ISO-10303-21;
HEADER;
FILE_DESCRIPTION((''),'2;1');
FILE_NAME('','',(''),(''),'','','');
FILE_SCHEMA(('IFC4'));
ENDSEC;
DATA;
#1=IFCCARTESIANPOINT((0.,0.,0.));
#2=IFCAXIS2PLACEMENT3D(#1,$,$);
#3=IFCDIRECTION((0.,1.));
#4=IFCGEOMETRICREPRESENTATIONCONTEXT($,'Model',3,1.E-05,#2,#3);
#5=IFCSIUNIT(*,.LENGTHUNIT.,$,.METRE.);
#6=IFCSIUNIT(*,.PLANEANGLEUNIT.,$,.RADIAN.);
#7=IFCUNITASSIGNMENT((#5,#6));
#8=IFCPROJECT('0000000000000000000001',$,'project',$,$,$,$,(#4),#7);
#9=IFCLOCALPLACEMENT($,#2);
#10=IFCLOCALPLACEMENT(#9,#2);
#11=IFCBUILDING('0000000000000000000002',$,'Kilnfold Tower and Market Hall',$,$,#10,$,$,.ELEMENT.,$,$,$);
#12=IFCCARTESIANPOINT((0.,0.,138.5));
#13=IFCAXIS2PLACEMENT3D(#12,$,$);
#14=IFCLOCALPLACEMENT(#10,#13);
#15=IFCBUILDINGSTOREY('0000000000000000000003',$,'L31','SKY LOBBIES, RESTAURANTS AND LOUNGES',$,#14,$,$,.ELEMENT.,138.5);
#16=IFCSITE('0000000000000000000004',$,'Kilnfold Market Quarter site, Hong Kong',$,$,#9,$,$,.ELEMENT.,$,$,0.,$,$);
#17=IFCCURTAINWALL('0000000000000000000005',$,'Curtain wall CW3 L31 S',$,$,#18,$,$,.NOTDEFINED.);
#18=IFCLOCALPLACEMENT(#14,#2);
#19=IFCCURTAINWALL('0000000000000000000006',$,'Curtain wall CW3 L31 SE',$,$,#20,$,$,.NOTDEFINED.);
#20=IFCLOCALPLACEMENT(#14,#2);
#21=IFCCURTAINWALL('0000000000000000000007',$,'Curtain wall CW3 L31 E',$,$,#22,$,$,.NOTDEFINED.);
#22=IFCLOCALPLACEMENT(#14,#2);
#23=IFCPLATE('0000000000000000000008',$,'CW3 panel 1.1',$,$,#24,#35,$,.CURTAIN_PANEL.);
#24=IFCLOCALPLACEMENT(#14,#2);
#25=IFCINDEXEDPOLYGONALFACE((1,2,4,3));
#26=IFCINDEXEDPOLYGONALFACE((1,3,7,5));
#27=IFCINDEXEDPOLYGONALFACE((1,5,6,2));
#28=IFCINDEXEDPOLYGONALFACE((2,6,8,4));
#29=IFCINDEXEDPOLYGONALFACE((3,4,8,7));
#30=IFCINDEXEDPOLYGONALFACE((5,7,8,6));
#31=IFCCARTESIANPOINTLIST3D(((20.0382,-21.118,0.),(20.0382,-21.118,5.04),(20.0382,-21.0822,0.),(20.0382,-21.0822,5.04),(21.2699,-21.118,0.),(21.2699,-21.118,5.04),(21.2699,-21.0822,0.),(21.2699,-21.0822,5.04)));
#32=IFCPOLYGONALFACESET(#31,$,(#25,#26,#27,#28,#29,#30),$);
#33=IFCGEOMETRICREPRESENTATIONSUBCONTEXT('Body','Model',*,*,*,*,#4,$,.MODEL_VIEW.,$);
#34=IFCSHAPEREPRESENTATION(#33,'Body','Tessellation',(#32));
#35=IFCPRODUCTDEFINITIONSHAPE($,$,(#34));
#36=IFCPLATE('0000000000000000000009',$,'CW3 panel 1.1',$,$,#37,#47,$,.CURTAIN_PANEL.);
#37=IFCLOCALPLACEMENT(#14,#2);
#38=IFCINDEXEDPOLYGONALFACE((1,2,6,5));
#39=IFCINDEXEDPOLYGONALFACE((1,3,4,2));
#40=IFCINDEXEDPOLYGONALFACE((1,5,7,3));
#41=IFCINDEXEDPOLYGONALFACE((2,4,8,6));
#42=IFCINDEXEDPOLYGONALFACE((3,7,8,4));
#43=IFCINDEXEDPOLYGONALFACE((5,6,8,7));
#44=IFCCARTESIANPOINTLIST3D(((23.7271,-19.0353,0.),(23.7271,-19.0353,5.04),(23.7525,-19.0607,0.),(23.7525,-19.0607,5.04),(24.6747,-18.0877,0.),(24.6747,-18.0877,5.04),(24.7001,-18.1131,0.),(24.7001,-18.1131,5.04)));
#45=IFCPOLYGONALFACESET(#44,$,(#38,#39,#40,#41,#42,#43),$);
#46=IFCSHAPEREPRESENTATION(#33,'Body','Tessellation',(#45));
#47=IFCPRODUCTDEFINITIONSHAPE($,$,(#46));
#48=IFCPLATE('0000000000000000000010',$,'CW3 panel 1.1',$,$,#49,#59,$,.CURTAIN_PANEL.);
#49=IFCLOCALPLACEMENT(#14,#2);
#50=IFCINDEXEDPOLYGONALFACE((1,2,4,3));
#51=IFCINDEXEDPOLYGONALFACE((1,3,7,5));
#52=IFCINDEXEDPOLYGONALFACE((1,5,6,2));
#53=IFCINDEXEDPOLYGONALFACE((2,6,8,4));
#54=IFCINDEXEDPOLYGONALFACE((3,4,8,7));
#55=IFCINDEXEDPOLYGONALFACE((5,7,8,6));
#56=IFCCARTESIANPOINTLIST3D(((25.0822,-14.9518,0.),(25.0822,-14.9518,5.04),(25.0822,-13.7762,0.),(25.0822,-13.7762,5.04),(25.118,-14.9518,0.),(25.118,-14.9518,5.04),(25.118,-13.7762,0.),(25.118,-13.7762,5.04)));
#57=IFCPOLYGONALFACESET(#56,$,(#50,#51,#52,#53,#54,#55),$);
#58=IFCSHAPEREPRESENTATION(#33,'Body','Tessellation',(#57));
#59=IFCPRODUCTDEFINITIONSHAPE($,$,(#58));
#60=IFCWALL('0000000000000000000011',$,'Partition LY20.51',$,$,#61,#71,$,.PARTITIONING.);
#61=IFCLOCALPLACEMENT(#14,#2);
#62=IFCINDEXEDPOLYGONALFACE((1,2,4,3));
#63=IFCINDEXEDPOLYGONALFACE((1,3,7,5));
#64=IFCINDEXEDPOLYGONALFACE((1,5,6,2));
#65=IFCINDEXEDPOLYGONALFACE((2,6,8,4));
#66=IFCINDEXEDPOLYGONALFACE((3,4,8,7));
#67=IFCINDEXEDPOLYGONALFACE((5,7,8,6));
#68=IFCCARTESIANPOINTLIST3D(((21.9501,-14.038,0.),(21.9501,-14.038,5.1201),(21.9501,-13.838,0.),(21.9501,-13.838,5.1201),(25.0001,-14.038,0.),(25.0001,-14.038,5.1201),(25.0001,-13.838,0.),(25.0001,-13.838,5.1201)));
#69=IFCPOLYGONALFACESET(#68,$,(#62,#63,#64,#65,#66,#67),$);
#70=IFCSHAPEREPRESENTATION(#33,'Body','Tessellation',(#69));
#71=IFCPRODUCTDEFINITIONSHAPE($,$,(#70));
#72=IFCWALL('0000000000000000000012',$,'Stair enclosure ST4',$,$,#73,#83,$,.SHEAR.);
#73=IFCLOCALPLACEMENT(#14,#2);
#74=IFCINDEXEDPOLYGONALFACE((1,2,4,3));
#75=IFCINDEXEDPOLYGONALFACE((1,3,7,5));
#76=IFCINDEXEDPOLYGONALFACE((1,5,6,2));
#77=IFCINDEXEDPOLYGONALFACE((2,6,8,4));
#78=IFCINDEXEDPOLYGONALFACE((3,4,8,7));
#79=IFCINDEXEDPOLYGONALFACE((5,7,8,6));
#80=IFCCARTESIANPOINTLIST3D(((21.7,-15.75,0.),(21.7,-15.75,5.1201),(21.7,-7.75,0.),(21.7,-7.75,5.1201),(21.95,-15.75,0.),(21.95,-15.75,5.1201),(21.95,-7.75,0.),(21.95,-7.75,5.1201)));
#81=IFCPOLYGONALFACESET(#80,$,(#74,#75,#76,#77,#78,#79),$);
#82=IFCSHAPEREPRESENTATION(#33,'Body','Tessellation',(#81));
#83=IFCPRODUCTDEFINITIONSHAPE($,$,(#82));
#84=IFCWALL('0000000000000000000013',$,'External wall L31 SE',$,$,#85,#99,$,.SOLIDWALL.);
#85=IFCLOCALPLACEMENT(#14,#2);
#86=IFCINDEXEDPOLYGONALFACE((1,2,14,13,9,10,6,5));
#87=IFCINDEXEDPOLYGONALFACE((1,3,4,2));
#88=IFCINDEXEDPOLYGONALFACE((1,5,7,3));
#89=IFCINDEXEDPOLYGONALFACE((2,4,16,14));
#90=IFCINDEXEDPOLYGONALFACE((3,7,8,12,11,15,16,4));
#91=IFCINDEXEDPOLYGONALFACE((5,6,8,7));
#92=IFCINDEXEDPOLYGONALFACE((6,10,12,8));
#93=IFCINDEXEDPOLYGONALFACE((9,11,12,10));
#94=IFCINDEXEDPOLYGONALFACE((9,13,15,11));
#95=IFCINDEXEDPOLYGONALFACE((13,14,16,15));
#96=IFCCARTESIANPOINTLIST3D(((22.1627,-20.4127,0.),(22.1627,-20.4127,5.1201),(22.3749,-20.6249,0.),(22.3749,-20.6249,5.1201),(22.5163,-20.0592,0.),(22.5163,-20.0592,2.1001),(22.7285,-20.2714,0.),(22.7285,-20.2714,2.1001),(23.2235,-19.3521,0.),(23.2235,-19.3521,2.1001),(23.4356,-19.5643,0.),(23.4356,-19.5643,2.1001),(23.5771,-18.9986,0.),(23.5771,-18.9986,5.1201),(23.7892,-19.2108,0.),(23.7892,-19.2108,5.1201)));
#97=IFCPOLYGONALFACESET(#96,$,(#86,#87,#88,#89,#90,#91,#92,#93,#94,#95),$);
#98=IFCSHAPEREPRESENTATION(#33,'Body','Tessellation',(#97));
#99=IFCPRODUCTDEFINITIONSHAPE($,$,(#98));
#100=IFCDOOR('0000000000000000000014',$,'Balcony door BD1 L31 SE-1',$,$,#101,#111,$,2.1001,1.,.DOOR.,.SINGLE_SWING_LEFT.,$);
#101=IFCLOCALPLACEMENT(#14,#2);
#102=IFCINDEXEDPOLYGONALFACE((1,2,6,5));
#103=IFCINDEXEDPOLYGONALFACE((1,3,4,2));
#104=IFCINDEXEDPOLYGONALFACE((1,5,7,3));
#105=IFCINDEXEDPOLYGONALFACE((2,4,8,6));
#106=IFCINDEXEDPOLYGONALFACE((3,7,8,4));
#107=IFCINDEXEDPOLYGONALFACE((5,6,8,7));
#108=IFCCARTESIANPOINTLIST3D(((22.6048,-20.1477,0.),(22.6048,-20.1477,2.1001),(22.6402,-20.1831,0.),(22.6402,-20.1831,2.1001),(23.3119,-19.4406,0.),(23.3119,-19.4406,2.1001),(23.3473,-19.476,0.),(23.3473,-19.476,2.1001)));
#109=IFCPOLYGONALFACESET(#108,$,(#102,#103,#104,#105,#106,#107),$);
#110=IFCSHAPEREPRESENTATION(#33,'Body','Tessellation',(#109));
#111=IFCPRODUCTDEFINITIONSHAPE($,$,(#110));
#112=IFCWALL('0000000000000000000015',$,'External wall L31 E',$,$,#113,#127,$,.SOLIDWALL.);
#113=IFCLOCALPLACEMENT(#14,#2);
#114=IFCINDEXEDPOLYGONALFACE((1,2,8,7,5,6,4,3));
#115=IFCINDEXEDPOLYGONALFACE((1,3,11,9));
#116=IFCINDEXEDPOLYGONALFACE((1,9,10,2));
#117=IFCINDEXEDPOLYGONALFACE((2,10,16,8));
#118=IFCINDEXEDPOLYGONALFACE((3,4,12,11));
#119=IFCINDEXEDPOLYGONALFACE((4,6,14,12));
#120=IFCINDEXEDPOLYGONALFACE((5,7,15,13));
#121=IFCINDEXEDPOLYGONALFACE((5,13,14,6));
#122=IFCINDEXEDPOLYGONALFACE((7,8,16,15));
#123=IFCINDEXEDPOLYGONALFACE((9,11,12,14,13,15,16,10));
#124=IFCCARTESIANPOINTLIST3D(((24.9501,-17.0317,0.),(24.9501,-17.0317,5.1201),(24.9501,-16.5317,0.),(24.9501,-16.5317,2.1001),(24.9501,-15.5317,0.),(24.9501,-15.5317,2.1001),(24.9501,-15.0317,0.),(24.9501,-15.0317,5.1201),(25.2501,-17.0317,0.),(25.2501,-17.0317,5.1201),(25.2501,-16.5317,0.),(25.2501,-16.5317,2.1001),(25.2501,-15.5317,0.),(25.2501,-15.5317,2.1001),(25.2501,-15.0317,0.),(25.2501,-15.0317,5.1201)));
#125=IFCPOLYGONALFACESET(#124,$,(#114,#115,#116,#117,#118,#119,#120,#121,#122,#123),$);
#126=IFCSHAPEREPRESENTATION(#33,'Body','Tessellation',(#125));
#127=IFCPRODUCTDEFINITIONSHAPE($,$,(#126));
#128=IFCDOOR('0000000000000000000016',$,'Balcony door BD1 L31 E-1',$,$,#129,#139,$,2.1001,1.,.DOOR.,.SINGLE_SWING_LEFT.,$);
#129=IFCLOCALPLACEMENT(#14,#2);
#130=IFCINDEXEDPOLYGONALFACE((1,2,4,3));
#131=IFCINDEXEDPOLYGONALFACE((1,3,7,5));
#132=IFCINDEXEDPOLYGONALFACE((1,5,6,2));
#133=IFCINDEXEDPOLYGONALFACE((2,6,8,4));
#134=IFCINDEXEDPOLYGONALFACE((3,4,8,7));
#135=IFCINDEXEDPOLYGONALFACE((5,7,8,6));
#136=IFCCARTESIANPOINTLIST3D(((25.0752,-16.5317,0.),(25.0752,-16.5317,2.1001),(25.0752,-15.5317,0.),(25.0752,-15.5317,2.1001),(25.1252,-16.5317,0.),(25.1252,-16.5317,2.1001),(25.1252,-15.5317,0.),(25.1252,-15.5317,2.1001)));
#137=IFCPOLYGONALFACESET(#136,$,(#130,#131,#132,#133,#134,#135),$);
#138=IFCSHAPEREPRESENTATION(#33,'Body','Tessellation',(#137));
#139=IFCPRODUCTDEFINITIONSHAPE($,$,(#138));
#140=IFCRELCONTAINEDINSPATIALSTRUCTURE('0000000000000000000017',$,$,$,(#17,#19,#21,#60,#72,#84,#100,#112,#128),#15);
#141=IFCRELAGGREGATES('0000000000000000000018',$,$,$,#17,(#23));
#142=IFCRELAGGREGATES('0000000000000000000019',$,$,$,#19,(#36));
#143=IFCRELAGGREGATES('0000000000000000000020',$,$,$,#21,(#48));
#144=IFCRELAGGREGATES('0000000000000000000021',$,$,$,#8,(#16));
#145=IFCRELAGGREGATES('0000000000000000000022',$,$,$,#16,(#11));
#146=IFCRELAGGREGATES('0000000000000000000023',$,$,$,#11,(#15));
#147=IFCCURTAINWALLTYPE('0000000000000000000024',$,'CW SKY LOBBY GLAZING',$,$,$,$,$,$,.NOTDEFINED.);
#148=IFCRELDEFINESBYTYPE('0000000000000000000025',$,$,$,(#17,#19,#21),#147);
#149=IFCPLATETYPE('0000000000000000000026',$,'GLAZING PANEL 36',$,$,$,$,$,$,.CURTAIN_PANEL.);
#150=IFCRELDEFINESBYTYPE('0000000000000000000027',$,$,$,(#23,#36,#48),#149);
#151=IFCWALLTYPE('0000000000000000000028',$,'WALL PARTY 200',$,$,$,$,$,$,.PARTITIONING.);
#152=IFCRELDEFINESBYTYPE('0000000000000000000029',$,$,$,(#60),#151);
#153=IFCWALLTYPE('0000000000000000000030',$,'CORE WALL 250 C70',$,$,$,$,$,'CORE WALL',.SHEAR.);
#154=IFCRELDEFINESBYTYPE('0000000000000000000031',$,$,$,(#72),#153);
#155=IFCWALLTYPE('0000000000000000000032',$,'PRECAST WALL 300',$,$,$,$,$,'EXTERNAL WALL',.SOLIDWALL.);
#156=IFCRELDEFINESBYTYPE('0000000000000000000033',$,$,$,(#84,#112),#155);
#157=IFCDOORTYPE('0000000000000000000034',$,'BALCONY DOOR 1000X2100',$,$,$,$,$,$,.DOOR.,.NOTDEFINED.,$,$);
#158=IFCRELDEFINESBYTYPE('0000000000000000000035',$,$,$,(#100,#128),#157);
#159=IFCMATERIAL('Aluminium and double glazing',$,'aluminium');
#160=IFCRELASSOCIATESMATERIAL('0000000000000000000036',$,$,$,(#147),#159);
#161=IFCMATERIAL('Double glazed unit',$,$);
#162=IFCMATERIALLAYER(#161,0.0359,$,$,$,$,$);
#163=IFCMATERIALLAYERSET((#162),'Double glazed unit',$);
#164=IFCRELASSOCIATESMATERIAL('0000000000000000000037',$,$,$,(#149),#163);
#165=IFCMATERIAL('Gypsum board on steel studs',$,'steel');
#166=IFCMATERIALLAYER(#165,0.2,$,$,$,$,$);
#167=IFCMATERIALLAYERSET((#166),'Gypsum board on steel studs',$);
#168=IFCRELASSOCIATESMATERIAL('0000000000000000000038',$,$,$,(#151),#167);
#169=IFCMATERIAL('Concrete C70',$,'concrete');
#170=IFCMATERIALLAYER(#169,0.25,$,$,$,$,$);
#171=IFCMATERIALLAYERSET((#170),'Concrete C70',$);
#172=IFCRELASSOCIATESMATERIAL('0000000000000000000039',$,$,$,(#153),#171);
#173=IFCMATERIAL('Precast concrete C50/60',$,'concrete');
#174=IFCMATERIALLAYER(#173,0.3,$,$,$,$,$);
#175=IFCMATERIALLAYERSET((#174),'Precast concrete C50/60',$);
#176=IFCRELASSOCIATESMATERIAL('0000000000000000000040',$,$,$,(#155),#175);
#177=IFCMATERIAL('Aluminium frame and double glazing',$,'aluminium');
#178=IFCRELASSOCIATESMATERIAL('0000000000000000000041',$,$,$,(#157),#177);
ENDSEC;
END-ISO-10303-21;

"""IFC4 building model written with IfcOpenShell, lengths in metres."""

from ifc_helpers import new_model, si_unit, direction, frame, frame_2d, origin, origin_2d, place, context, subcontext, project, spatial, rectangle, extrude, source, transform, mapped, material, layer, layer_set, type_object, element, fill, aggregate, save


model = new_model("IFC4")

# Units and contexts
model_context = context("Model", 3, precision=1e-05, world=origin(), true_north=direction((0.0, 1.0)))
body_context = subcontext(model_context, "Body", "Model", "MODEL_VIEW")
ifc_project = project(units=[si_unit("LENGTHUNIT", "METRE"), si_unit("PLANEANGLEUNIT", "RADIAN")], contexts=[model_context])

# Site, building, storey
site_placement = place(None, origin())
site = spatial("IfcSite", under=ifc_project, at=site_placement, Name="Kilnfold Market Quarter site, Hong Kong", CompositionType="ELEMENT", RefElevation=0.0)
building_placement = place(site_placement, origin())
building = spatial("IfcBuilding", under=site, at=building_placement, Name="Kilnfold Tower and Market Hall", CompositionType="ELEMENT")
storey_placement = place(building_placement, frame((0.0, 0.0, 138.5)))
storey = spatial("IfcBuildingStorey", under=building, at=storey_placement, Name="L31", Description="SKY LOBBIES, RESTAURANTS AND LOUNGES", CompositionType="ELEMENT", Elevation=138.5)

# Curtain walls
ifc_material_1 = material(Name="Aluminium and double glazing", Category="aluminium")
curtain_wall_type = type_object("IfcCurtainWallType", Name="CW SKY LOBBY GLAZING", PredefinedType="NOTDEFINED", material=ifc_material_1)
curtain_wall_1_placement = place(storey_placement, origin())
curtain_wall_1 = element("IfcCurtainWall", 1, at=curtain_wall_1_placement, inside=storey, type_object=curtain_wall_type, Name="Curtain wall CW3 L31 S", PredefinedType="NOTDEFINED")
curtain_wall_2_placement = place(storey_placement, origin())
curtain_wall_2 = element("IfcCurtainWall", 2, at=curtain_wall_2_placement, inside=storey, type_object=curtain_wall_type, Name="Curtain wall CW3 L31 SE", PredefinedType="NOTDEFINED")

# Curtain wall
curtain_wall_3_placement = place(storey_placement, origin())
curtain_wall_3 = element("IfcCurtainWall", 3, at=curtain_wall_3_placement, inside=storey, type_object=curtain_wall_type, Name="Curtain wall CW3 L31 E", PredefinedType="NOTDEFINED")

# Plates
ifc_material_2 = material(Name="Double glazed unit")
ifc_layer_1 = layer(ifc_material_2, 0.0359)
ifc_layer_set_1 = layer_set([ifc_layer_1], Name="Double glazed unit")
plate_type = type_object("IfcPlateType", Name="GLAZING PANEL 36", PredefinedType="CURTAIN_PANEL", material=ifc_layer_set_1)
shared_shape_1 = source(origin(), body_context, "Body", "SweptSolid", [
    extrude(rectangle(XDim=1.2317, YDim=0.0359, at=origin_2d()), origin(), (0.0, 0.0, 1.0), 5.04),
])
plate_1_placement = place(storey_placement, frame((20.6541, -21.1001, 0.0), z_axis=(0.0, 0.0, 1.0), x_axis=(1.0, 0.0, 0.0)))
plate_1 = element("IfcPlate", 4, at=plate_1_placement, type_object=plate_type, Name="CW3 panel 1.1", PredefinedType="CURTAIN_PANEL", context=body_context, shape_type="MappedRepresentation", body=[
    mapped(shared_shape_1, transform((0.0, 0.0, 0.0))),
])
aggregate(curtain_wall_1, [plate_1])
shared_shape_2 = source(origin(), body_context, "Body", "SweptSolid", [
    extrude(rectangle(XDim=1.3401, YDim=0.0359, at=origin_2d()), origin(), (0.0, 0.0, 1.0), 5.04),
])
plate_2_placement = place(storey_placement, frame((24.2136, -18.5742, 0.0), z_axis=(0.0, 0.0, 1.0), x_axis=(0.707107, 0.707107, 0.0)))
plate_2 = element("IfcPlate", 5, at=plate_2_placement, type_object=plate_type, Name="CW3 panel 1.1", PredefinedType="CURTAIN_PANEL", context=body_context, shape_type="MappedRepresentation", body=[
    mapped(shared_shape_2, transform((0.0, 0.0, 0.0))),
])
aggregate(curtain_wall_2, [plate_2])
shared_shape_3 = source(origin(), body_context, "Body", "SweptSolid", [
    extrude(rectangle(XDim=1.1755, YDim=0.0359, at=origin_2d()), origin(), (0.0, 0.0, 1.0), 5.04),
])
plate_3_placement = place(storey_placement, frame((25.1001, -14.364, 0.0), z_axis=(0.0, 0.0, 1.0), x_axis=(0.0, 1.0, 0.0)))
plate_3 = element("IfcPlate", 6, at=plate_3_placement, type_object=plate_type, Name="CW3 panel 1.1", PredefinedType="CURTAIN_PANEL", context=body_context, shape_type="MappedRepresentation", body=[
    mapped(shared_shape_3, transform((0.0, 0.0, 0.0))),
])
aggregate(curtain_wall_3, [plate_3])

# Walls
ifc_material_3 = material(Name="Gypsum board on steel studs", Category="steel")
ifc_layer_2 = layer(ifc_material_3, 0.2)
ifc_layer_set_2 = layer_set([ifc_layer_2], Name="Gypsum board on steel studs")
wall_type_1 = type_object("IfcWallType", Name="WALL PARTY 200", PredefinedType="PARTITIONING", material=ifc_layer_set_2)
wall_1_placement = place(storey_placement, frame((25.0, -13.938, 0.0), z_axis=(0.0, 0.0, 1.0), x_axis=(-1.0, 0.0, 0.0)))
element("IfcWall", 7, at=wall_1_placement, inside=storey, type_object=wall_type_1, Name="Partition LY20.51", PredefinedType="PARTITIONING", context=body_context, shape_type="SweptSolid", body=[
    extrude(rectangle(XDim=3.05, YDim=0.2, at=frame_2d((1.5249, 0.0))), origin(), (0.0, 0.0, 1.0), 5.1201),
])
ifc_material_4 = material(Name="Concrete C70", Category="concrete")
ifc_layer_3 = layer(ifc_material_4, 0.25)
ifc_layer_set_3 = layer_set([ifc_layer_3], Name="Concrete C70")
wall_type_2 = type_object("IfcWallType", Name="CORE WALL 250 C70", ElementType="CORE WALL", PredefinedType="SHEAR", material=ifc_layer_set_3)
shared_shape_4 = source(origin(), body_context, "Body", "SweptSolid", [
    extrude(rectangle(XDim=8.0, YDim=0.25, at=frame_2d((4.0, 0.0))), origin(), (0.0, 0.0, 1.0), 5.1201),
])
wall_2_placement = place(storey_placement, frame((21.825, -15.75, 0.0), z_axis=(0.0, 0.0, 1.0), x_axis=(0.0, 1.0, 0.0)))
element("IfcWall", 8, at=wall_2_placement, inside=storey, type_object=wall_type_2, Name="Stair enclosure ST4", PredefinedType="SHEAR", context=body_context, shape_type="MappedRepresentation", body=[
    mapped(shared_shape_4, transform((0.0, 0.0, 0.0))),
])

# Walls, openings, doors
ifc_material_5 = material(Name="Precast concrete C50/60", Category="concrete")
ifc_layer_4 = layer(ifc_material_5, 0.3)
ifc_layer_set_4 = layer_set([ifc_layer_4], Name="Precast concrete C50/60")
wall_type_3 = type_object("IfcWallType", Name="PRECAST WALL 300", ElementType="EXTERNAL WALL", PredefinedType="SOLIDWALL", material=ifc_layer_set_4)
shared_shape_5 = source(origin(), body_context, "Body", "SweptSolid", [
    extrude(rectangle(XDim=2.0, YDim=0.3, at=frame_2d((1.0, 0.0))), origin(), (0.0, 0.0, 1.0), 5.1201),
])
wall_3_placement = place(storey_placement, frame((22.2688, -20.5188, 0.0), z_axis=(0.0, 0.0, 1.0), x_axis=(0.707168, 0.707046, 0.0)))
wall_3 = element("IfcWall", 9, at=wall_3_placement, inside=storey, type_object=wall_type_3, Name="External wall L31 SE", PredefinedType="SOLIDWALL", context=body_context, shape_type="MappedRepresentation", body=[
    mapped(shared_shape_5, transform((0.0, 0.0, 0.0))),
])
opening_1_placement = place(wall_3_placement, frame((0.5, 0.0, 0.0)))
opening_1 = element("IfcOpeningElement", 10, at=opening_1_placement, cuts=wall_3, PredefinedType="OPENING", context=body_context, shape_type="SweptSolid", body=[
    extrude(rectangle(XDim=1.0, YDim=2.1001, at=frame_2d((0.5, 1.05))), frame((0.0, 0.1602, 0.0), z_axis=(0.0, -1.0, 0.0), x_axis=(1.0, 0.0, 0.0)), (0.0, 0.0, 1.0), 0.3201),
])
ifc_material_6 = material(Name="Aluminium frame and double glazing", Category="aluminium")
door_type = type_object("IfcDoorType", Name="BALCONY DOOR 1000X2100", OperationType="NOTDEFINED", PredefinedType="DOOR", material=ifc_material_6)
door_1_placement = place(opening_1_placement, origin())
door_1 = element("IfcDoor", 11, at=door_1_placement, inside=storey, type_object=door_type, Name="Balcony door BD1 L31 SE-1", OperationType="SINGLE_SWING_LEFT", OverallHeight=2.1001, OverallWidth=1.0, PredefinedType="DOOR", context=body_context, shape_type="SweptSolid", body=[
    extrude(rectangle(XDim=1.0, YDim=2.1001, at=frame_2d((0.5, 1.05))), frame((0.0, 0.0249, 0.0), z_axis=(0.0, -1.0, 0.0), x_axis=(1.0, 0.0, 0.0)), (0.0, 0.0, 1.0), 0.05),
])
fill(opening_1, door_1)
wall_4_placement = place(storey_placement, frame((25.1001, -17.0317, 0.0), z_axis=(0.0, 0.0, 1.0), x_axis=(0.0, 1.0, 0.0)))
wall_4 = element("IfcWall", 12, at=wall_4_placement, inside=storey, type_object=wall_type_3, Name="External wall L31 E", PredefinedType="SOLIDWALL", context=body_context, shape_type="MappedRepresentation", body=[
    mapped(shared_shape_5, transform((0.0, 0.0, 0.0))),
])
opening_2_placement = place(wall_4_placement, frame((0.5, 0.0, 0.0)))
opening_2 = element("IfcOpeningElement", 13, at=opening_2_placement, cuts=wall_4, PredefinedType="OPENING", context=body_context, shape_type="SweptSolid", body=[
    extrude(rectangle(XDim=1.0, YDim=2.1001, at=frame_2d((0.5, 1.05))), frame((0.0, 0.1602, 0.0), z_axis=(0.0, -1.0, 0.0), x_axis=(1.0, 0.0, 0.0)), (0.0, 0.0, 1.0), 0.3201),
])
door_2_placement = place(opening_2_placement, origin())
door_2 = element("IfcDoor", 14, at=door_2_placement, inside=storey, type_object=door_type, Name="Balcony door BD1 L31 E-1", OperationType="SINGLE_SWING_LEFT", OverallHeight=2.1001, OverallWidth=1.0, PredefinedType="DOOR", context=body_context, shape_type="SweptSolid", body=[
    extrude(rectangle(XDim=1.0, YDim=2.1001, at=frame_2d((0.5, 1.05))), frame((0.0, 0.0249, 0.0), z_axis=(0.0, -1.0, 0.0), x_axis=(1.0, 0.0, 0.0)), (0.0, 0.0, 1.0), 0.05),
])
fill(opening_2, door_2)

save(model, "model.ifc")
